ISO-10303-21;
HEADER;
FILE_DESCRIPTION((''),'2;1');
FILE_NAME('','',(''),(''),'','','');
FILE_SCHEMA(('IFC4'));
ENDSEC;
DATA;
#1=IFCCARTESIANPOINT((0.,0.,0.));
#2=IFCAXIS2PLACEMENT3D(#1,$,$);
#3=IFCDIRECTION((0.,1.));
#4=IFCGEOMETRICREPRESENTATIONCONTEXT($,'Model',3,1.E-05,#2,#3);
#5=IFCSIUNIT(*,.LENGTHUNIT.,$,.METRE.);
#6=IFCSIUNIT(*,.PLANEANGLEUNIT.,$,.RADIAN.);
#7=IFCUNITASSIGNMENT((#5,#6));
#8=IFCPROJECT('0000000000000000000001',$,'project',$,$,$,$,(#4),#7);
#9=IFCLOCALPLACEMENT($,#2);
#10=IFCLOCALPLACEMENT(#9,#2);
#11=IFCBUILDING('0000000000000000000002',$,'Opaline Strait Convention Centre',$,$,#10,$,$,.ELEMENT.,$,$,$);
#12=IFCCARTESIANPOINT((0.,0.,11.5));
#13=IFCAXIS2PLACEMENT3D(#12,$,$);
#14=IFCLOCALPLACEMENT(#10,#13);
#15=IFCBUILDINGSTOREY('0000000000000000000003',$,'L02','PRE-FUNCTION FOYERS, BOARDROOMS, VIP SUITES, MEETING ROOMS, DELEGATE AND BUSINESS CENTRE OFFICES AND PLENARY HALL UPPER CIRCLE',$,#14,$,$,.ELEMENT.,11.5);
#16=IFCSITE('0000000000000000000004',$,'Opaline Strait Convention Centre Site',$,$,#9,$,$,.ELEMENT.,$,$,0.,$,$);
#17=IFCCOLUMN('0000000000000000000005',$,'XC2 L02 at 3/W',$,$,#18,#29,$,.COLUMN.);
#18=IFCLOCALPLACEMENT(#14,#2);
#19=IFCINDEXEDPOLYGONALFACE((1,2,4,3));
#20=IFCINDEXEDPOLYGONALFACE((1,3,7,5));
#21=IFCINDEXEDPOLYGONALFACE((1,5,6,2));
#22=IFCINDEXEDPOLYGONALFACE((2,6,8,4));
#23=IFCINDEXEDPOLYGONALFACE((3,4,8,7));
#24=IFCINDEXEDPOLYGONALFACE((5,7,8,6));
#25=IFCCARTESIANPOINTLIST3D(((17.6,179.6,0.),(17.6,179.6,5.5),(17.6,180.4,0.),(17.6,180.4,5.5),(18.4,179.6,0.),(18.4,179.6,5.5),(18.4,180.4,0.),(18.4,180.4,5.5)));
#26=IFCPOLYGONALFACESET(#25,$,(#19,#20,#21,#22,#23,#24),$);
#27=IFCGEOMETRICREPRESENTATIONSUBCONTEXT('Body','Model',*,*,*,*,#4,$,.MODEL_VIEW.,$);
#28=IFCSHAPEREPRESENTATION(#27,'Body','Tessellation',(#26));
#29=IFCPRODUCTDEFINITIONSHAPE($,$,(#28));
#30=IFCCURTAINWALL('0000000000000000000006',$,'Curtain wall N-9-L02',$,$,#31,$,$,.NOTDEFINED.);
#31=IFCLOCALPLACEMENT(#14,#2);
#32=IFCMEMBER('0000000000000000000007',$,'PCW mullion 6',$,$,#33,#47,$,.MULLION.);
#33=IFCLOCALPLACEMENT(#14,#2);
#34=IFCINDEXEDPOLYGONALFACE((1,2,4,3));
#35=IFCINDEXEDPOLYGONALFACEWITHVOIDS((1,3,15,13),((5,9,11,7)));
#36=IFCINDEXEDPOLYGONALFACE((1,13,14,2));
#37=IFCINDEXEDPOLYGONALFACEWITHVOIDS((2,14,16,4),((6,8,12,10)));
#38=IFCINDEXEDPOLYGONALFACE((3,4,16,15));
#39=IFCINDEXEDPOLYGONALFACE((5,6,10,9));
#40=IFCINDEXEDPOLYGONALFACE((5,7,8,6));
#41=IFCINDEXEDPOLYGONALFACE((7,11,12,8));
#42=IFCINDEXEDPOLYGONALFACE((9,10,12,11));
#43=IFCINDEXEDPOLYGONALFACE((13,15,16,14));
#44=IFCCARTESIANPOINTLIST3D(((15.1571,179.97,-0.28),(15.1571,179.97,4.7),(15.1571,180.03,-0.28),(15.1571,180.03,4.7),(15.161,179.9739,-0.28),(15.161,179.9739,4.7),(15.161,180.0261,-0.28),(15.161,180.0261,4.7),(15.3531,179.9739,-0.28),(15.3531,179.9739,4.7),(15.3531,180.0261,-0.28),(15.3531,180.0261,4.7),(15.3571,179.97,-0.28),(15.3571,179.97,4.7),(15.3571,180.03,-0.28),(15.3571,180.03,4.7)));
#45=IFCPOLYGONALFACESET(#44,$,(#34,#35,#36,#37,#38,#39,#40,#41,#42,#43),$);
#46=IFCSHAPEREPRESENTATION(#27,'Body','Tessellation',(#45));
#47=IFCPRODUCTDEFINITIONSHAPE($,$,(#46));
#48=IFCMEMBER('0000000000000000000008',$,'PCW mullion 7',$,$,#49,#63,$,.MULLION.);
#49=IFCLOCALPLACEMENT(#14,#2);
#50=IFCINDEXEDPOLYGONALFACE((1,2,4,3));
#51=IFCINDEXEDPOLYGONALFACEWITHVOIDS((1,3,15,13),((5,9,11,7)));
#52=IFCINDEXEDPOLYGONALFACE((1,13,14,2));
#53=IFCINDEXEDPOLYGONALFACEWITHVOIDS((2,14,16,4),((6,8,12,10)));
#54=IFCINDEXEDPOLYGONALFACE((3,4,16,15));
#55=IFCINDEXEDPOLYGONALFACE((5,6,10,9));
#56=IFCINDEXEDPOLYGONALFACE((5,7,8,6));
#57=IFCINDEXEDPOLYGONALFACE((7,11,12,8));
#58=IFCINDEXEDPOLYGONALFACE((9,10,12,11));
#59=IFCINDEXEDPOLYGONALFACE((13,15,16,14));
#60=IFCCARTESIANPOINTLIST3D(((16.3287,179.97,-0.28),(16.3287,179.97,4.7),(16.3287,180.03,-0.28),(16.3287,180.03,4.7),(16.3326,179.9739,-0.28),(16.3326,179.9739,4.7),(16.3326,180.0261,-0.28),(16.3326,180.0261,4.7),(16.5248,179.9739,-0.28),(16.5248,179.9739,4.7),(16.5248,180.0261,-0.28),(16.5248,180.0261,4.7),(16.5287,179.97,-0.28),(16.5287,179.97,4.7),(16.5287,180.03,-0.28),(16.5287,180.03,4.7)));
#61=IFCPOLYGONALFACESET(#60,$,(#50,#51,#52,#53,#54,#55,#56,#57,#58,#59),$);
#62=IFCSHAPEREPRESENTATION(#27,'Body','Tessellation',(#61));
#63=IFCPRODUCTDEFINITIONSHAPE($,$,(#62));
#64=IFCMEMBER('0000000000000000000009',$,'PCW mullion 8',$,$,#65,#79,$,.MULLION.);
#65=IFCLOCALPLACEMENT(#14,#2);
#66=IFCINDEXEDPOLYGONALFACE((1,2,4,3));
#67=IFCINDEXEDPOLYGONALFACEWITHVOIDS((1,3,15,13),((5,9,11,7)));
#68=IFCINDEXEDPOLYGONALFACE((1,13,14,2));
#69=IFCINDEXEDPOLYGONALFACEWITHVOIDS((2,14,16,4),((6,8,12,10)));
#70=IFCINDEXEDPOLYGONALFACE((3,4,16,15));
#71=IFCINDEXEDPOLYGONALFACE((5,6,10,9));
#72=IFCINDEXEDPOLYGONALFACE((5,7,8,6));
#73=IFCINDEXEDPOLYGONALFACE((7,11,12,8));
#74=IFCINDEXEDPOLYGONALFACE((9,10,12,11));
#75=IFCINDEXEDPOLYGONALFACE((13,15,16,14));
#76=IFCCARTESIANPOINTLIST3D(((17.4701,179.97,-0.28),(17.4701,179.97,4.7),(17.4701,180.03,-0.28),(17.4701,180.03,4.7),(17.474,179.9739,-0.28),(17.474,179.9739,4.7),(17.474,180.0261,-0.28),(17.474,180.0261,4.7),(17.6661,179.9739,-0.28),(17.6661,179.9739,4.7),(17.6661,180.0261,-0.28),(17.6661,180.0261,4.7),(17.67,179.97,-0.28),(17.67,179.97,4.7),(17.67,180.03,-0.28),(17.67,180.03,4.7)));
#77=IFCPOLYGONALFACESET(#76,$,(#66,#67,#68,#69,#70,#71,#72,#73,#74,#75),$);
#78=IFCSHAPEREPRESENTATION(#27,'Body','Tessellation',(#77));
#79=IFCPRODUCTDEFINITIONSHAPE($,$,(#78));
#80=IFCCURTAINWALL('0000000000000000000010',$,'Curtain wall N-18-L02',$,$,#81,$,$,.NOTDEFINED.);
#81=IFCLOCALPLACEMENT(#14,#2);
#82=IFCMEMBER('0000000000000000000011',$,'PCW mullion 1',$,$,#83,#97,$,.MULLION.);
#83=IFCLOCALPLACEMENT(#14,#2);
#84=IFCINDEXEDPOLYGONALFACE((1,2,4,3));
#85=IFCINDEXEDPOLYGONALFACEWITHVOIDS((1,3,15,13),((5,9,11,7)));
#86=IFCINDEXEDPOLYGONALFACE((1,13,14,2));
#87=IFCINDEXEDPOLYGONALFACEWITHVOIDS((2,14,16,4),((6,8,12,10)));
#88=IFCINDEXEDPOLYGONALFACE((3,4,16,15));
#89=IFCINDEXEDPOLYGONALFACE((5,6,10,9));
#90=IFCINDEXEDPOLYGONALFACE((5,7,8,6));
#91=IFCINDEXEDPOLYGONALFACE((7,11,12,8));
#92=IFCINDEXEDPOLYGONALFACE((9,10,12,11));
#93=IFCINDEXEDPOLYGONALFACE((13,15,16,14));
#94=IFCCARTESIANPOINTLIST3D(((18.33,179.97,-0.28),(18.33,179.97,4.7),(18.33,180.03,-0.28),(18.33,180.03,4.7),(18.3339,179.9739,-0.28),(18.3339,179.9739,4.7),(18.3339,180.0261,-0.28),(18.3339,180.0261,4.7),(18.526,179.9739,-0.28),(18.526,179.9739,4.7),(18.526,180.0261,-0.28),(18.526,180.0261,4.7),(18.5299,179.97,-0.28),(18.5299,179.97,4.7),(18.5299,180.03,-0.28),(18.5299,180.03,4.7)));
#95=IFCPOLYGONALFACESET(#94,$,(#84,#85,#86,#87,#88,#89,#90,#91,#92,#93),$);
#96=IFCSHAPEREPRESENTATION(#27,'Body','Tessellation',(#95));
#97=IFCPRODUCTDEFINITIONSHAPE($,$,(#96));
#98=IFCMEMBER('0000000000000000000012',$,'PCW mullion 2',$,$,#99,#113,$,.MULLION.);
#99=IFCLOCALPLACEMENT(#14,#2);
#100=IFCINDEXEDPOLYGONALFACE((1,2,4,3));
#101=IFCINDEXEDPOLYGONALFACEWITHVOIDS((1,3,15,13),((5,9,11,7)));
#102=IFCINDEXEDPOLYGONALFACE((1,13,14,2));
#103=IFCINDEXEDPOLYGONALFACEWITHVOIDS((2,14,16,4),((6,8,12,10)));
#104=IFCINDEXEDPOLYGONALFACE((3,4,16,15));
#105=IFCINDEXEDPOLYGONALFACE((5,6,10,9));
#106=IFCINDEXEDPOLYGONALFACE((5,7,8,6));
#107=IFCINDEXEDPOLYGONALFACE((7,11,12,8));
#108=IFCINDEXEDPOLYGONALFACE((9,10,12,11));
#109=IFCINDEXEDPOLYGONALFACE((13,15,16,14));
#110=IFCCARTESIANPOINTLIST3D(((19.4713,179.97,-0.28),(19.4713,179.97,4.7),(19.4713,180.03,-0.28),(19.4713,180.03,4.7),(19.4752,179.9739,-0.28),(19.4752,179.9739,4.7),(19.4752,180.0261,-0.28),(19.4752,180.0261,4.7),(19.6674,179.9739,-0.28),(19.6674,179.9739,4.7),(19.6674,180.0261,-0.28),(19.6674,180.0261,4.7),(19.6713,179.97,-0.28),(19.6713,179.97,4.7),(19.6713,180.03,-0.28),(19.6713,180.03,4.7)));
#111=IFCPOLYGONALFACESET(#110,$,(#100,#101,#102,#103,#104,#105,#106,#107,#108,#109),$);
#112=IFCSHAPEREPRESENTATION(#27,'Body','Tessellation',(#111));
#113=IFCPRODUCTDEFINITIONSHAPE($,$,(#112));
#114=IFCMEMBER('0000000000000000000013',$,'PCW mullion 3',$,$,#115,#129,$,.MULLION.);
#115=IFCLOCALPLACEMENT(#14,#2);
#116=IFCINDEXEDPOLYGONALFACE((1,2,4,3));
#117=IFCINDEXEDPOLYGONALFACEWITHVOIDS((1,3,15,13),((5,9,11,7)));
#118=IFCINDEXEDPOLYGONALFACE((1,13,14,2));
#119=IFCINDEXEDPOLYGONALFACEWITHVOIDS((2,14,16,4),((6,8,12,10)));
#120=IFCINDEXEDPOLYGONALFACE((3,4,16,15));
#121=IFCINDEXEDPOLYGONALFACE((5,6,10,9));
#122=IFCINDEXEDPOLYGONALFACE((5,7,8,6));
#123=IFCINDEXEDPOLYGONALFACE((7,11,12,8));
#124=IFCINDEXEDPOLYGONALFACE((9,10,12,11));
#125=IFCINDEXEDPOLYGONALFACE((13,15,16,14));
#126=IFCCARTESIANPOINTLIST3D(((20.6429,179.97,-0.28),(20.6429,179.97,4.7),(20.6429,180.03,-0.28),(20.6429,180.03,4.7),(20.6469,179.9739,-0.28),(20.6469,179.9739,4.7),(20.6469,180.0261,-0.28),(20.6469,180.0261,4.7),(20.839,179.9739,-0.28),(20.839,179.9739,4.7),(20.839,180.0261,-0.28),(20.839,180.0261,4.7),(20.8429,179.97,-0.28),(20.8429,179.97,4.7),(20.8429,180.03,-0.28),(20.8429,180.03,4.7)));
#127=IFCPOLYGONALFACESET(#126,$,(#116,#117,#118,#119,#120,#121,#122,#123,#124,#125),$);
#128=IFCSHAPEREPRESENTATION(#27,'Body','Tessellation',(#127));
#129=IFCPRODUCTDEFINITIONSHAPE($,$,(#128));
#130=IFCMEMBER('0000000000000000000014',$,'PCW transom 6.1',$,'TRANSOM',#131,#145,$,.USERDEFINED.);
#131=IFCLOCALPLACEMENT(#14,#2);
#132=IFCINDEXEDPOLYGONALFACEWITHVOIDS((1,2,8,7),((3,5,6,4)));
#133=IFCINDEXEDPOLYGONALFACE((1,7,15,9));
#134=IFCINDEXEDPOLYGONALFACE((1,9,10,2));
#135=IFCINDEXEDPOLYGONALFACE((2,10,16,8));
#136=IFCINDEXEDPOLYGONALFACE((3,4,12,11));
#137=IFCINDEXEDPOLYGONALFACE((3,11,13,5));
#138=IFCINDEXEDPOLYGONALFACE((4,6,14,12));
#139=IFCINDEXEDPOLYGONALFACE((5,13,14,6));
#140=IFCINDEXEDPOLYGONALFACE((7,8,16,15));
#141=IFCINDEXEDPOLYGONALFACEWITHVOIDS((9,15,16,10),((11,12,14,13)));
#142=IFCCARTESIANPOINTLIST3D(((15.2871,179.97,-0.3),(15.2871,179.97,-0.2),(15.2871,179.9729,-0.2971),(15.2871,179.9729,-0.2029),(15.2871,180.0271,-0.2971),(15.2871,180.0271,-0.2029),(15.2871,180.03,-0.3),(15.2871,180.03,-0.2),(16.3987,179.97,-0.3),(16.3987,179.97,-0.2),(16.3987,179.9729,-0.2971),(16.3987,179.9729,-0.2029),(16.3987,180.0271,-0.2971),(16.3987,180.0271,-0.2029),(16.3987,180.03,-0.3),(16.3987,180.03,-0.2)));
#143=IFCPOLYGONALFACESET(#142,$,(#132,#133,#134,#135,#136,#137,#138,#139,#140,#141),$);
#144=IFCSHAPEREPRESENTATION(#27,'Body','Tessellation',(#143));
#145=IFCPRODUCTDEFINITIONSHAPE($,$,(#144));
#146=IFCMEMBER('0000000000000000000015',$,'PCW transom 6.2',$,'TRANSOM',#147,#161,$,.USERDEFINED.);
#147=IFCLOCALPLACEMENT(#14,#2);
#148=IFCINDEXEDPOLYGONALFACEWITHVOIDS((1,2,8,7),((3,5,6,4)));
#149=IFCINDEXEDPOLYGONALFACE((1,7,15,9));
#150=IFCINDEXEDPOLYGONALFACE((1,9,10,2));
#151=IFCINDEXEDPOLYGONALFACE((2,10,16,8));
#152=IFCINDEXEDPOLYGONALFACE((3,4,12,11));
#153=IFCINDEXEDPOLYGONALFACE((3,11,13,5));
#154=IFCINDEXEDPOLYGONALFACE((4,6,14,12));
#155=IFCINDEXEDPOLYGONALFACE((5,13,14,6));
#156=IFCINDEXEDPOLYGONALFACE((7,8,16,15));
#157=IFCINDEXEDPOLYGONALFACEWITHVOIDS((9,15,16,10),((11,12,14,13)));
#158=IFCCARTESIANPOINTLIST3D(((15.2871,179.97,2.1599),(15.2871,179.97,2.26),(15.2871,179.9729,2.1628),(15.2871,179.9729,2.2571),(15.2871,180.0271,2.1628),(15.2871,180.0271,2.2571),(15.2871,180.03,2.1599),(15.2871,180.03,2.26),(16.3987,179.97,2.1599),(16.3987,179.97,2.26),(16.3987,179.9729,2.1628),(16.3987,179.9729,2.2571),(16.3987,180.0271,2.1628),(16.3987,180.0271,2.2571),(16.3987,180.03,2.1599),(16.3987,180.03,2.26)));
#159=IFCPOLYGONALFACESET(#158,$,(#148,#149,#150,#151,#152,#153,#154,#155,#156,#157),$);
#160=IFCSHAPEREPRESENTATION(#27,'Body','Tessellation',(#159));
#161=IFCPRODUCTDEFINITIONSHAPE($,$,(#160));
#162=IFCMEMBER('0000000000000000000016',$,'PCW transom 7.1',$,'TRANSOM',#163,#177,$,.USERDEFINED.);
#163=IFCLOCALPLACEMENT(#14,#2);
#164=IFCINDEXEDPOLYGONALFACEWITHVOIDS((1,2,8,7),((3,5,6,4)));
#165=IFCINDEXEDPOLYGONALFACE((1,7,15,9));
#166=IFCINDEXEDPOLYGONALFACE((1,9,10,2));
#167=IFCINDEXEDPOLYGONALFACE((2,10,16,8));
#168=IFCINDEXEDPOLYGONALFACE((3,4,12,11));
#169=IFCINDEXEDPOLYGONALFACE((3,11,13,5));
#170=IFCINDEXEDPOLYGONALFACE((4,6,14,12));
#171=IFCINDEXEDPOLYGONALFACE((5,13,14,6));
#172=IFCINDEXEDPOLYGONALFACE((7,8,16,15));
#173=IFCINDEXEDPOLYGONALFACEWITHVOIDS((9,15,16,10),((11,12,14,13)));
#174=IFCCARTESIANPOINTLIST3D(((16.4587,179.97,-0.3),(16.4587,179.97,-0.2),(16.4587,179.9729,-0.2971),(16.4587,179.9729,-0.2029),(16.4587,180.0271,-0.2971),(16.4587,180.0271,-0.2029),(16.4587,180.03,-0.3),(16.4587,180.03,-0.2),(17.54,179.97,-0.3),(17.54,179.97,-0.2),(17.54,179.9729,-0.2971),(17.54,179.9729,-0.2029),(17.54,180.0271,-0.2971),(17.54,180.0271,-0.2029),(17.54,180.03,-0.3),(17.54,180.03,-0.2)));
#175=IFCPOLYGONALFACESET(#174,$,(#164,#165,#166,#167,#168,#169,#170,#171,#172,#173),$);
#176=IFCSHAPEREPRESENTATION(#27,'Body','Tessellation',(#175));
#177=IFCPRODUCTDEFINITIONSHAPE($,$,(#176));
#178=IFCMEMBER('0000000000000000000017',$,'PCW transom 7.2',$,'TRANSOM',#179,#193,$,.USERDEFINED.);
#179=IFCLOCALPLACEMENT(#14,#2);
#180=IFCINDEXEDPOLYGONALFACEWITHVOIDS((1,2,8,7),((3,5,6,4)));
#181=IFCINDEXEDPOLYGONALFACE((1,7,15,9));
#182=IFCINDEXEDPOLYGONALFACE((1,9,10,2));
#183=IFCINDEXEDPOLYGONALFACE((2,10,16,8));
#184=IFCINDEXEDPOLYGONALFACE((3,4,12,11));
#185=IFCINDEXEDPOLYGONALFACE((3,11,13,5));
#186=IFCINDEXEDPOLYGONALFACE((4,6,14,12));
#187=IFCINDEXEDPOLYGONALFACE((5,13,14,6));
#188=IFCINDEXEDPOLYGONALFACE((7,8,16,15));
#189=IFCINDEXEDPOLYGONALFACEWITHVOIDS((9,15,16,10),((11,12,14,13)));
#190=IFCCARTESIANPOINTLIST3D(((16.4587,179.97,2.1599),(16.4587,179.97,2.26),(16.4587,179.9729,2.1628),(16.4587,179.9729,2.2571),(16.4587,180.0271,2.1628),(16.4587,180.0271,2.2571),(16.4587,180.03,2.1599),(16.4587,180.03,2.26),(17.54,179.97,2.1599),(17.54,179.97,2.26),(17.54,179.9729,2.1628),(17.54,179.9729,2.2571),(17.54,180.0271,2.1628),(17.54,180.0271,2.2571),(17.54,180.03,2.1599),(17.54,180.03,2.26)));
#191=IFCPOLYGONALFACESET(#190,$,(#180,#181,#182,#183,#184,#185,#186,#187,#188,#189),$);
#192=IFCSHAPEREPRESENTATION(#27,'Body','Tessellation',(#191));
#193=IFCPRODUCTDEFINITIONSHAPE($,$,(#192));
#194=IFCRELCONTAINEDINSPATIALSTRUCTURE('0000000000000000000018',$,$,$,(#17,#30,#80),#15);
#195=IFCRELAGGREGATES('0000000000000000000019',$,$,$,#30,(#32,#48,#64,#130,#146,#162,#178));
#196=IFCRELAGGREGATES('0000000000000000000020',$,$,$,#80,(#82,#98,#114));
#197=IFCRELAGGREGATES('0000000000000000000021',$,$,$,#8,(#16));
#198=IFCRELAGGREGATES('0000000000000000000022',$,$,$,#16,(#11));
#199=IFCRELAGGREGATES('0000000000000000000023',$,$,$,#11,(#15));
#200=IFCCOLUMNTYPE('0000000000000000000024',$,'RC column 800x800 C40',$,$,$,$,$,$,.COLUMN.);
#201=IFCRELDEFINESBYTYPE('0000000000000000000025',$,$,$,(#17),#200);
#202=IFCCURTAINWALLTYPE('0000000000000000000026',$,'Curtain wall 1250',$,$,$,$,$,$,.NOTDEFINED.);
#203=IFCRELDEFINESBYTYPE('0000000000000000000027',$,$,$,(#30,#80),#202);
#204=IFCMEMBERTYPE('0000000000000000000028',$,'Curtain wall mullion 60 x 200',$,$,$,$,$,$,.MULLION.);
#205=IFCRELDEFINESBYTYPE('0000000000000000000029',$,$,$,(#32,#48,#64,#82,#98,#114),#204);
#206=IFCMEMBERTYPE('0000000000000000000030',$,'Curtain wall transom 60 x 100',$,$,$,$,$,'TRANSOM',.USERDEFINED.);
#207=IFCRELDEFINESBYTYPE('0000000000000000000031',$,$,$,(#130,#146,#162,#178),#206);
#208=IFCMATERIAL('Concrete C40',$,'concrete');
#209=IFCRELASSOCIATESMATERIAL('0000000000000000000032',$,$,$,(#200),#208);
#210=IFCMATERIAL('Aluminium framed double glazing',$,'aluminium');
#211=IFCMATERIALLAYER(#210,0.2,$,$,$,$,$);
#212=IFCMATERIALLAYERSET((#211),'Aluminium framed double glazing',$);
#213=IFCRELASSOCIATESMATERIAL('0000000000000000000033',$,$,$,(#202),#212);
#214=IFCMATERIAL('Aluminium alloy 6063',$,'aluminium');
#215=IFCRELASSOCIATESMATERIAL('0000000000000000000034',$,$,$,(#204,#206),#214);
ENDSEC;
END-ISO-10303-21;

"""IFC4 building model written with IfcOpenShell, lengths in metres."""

from ifc_helpers import new_model, si_unit, direction, frame, origin, origin_2d, place, context, subcontext, project, spatial, rectangle, hollow_rectangle, extrude, material, layer, layer_set, material_profile, profile_set, type_object, element, aggregate, save


model = new_model("IFC4")

# Units and contexts
model_context = context("Model", 3, precision=1e-05, world=origin(), true_north=direction((0.0, 1.0)))
body_context = subcontext(model_context, "Body", "Model", "MODEL_VIEW")
ifc_project = project(units=[si_unit("LENGTHUNIT", "METRE"), si_unit("PLANEANGLEUNIT", "RADIAN")], contexts=[model_context])

# Site, building, storey
site_placement = place(None, origin())
site = spatial("IfcSite", under=ifc_project, at=site_placement, Name="Opaline Strait Convention Centre Site", CompositionType="ELEMENT", RefElevation=0.0)
building_placement = place(site_placement, origin())
building = spatial("IfcBuilding", under=site, at=building_placement, Name="Opaline Strait Convention Centre", CompositionType="ELEMENT")
storey_placement = place(building_placement, frame((0.0, 0.0, 11.5)))
storey = spatial("IfcBuildingStorey", under=building, at=storey_placement, Name="L02", Description="PRE-FUNCTION FOYERS, BOARDROOMS, VIP SUITES, MEETING ROOMS, DELEGATE AND BUSINESS CENTRE OFFICES AND PLENARY HALL UPPER CIRCLE", CompositionType="ELEMENT", Elevation=11.5)

# Column
ifc_material_1 = material(Name="Concrete C40", Category="concrete")
ifc_material_profile_1 = material_profile(ifc_material_1, rectangle(XDim=0.8, YDim=0.8, at=origin_2d()), Name="RC 800x800")
ifc_profile_set_1 = profile_set([ifc_material_profile_1], Name="Concrete C40")
column_type = type_object("IfcColumnType", Name="RC column 800x800 C40", PredefinedType="COLUMN", material=ifc_profile_set_1)
column_placement = place(storey_placement, frame((18.0, 180.0, 0.0), z_axis=(0.0, 0.0, 1.0), x_axis=(1.0, 0.0, 0.0)))
element("IfcColumn", 1, at=column_placement, inside=storey, type_object=column_type, Name="XC2 L02 at 3/W", PredefinedType="COLUMN", context=body_context, shape_type="SweptSolid", body=[
    extrude(rectangle(XDim=0.8, YDim=0.8, at=origin_2d()), origin(), (0.0, 0.0, 1.0), 5.5),
])

# Curtain walls, members
ifc_material_2 = material(Name="Aluminium framed double glazing", Category="aluminium")
ifc_layer_1 = layer(ifc_material_2, 0.2)
ifc_layer_set_1 = layer_set([ifc_layer_1], Name="Aluminium framed double glazing")
curtain_wall_type = type_object("IfcCurtainWallType", Name="Curtain wall 1250", PredefinedType="NOTDEFINED", material=ifc_layer_set_1)
curtain_wall_1_placement = place(storey_placement, origin())
curtain_wall_1 = element("IfcCurtainWall", 2, at=curtain_wall_1_placement, inside=storey, type_object=curtain_wall_type, Name="Curtain wall N-9-L02", PredefinedType="NOTDEFINED")
ifc_material_3 = material(Name="Aluminium alloy 6063", Category="aluminium")
ifc_material_profile_2 = material_profile(ifc_material_3, hollow_rectangle(XDim=0.0601, YDim=0.2, WallThickness=0.0039, at=origin_2d()), Name="MULLION 60x200x4")
ifc_profile_set_2 = profile_set([ifc_material_profile_2], Name="Aluminium alloy 6063")
member_type_1 = type_object("IfcMemberType", Name="Curtain wall mullion 60 x 200", PredefinedType="MULLION", material=ifc_profile_set_2)
member_1_placement = place(storey_placement, frame((15.2571, 180.0, -0.28), z_axis=(0.0, 0.0, 1.0), x_axis=(0.0, 1.0, 0.0)))
member_1 = element("IfcMember", 3, at=member_1_placement, type_object=member_type_1, Name="PCW mullion 6", PredefinedType="MULLION", context=body_context, shape_type="SweptSolid", body=[
    extrude(hollow_rectangle(XDim=0.0601, YDim=0.2, WallThickness=0.0039, at=origin_2d()), origin(), (0.0, 0.0, 1.0), 4.98),
])
member_2_placement = place(storey_placement, frame((16.4287, 180.0, -0.28), z_axis=(0.0, 0.0, 1.0), x_axis=(0.0, 1.0, 0.0)))
member_2 = element("IfcMember", 4, at=member_2_placement, type_object=member_type_1, Name="PCW mullion 7", PredefinedType="MULLION", context=body_context, shape_type="SweptSolid", body=[
    extrude(hollow_rectangle(XDim=0.0601, YDim=0.2, WallThickness=0.0039, at=origin_2d()), origin(), (0.0, 0.0, 1.0), 4.98),
])
member_3_placement = place(storey_placement, frame((17.5701, 180.0, -0.28), z_axis=(0.0, 0.0, 1.0), x_axis=(0.0, 1.0, 0.0)))
member_3 = element("IfcMember", 5, at=member_3_placement, type_object=member_type_1, Name="PCW mullion 8", PredefinedType="MULLION", context=body_context, shape_type="SweptSolid", body=[
    extrude(hollow_rectangle(XDim=0.0601, YDim=0.2, WallThickness=0.0039, at=origin_2d()), origin(), (0.0, 0.0, 1.0), 4.98),
])
curtain_wall_2_placement = place(storey_placement, origin())
curtain_wall_2 = element("IfcCurtainWall", 6, at=curtain_wall_2_placement, inside=storey, type_object=curtain_wall_type, Name="Curtain wall N-18-L02", PredefinedType="NOTDEFINED")
member_4_placement = place(storey_placement, frame((18.4299, 180.0, -0.28), z_axis=(0.0, 0.0, 1.0), x_axis=(0.0, 1.0, 0.0)))
member_4 = element("IfcMember", 7, at=member_4_placement, type_object=member_type_1, Name="PCW mullion 1", PredefinedType="MULLION", context=body_context, shape_type="SweptSolid", body=[
    extrude(hollow_rectangle(XDim=0.0601, YDim=0.2, WallThickness=0.0039, at=origin_2d()), origin(), (0.0, 0.0, 1.0), 4.98),
])
member_5_placement = place(storey_placement, frame((19.5713, 180.0, -0.28), z_axis=(0.0, 0.0, 1.0), x_axis=(0.0, 1.0, 0.0)))
member_5 = element("IfcMember", 8, at=member_5_placement, type_object=member_type_1, Name="PCW mullion 2", PredefinedType="MULLION", context=body_context, shape_type="SweptSolid", body=[
    extrude(hollow_rectangle(XDim=0.0601, YDim=0.2, WallThickness=0.0039, at=origin_2d()), origin(), (0.0, 0.0, 1.0), 4.98),
])
member_6_placement = place(storey_placement, frame((20.7429, 180.0, -0.28), z_axis=(0.0, 0.0, 1.0), x_axis=(0.0, 1.0, 0.0)))
member_6 = element("IfcMember", 9, at=member_6_placement, type_object=member_type_1, Name="PCW mullion 3", PredefinedType="MULLION", context=body_context, shape_type="SweptSolid", body=[
    extrude(hollow_rectangle(XDim=0.0601, YDim=0.2, WallThickness=0.0039, at=origin_2d()), origin(), (0.0, 0.0, 1.0), 4.98),
])

# Members
ifc_material_profile_3 = material_profile(ifc_material_3, hollow_rectangle(XDim=0.0601, YDim=0.1001, WallThickness=0.0029, at=origin_2d()), Name="TRANSOM 60x100x3")
ifc_profile_set_3 = profile_set([ifc_material_profile_3], Name="Aluminium alloy 6063")
member_type_2 = type_object("IfcMemberType", Name="Curtain wall transom 60 x 100", ElementType="TRANSOM", PredefinedType="USERDEFINED", material=ifc_profile_set_3)
member_7_placement = place(storey_placement, frame((15.2871, 180.0, -0.25), z_axis=(1.0, 0.0, 0.0), x_axis=(0.0, 1.0, 0.0)))
member_7 = element("IfcMember", 10, at=member_7_placement, type_object=member_type_2, Name="PCW transom 6.1", ObjectType="TRANSOM", PredefinedType="USERDEFINED", context=body_context, shape_type="SweptSolid", body=[
    extrude(hollow_rectangle(XDim=0.0601, YDim=0.1001, WallThickness=0.0029, at=origin_2d()), origin(), (0.0, 0.0, 1.0), 1.1116),
])
member_8_placement = place(storey_placement, frame((15.2871, 180.0, 2.21), z_axis=(1.0, 0.0, 0.0), x_axis=(0.0, 1.0, 0.0)))
member_8 = element("IfcMember", 11, at=member_8_placement, type_object=member_type_2, Name="PCW transom 6.2", ObjectType="TRANSOM", PredefinedType="USERDEFINED", context=body_context, shape_type="SweptSolid", body=[
    extrude(hollow_rectangle(XDim=0.0601, YDim=0.1001, WallThickness=0.0029, at=origin_2d()), origin(), (0.0, 0.0, 1.0), 1.1116),
])
member_9_placement = place(storey_placement, frame((16.4587, 180.0, -0.25), z_axis=(1.0, 0.0, 0.0), x_axis=(0.0, 1.0, 0.0)))
member_9 = element("IfcMember", 12, at=member_9_placement, type_object=member_type_2, Name="PCW transom 7.1", ObjectType="TRANSOM", PredefinedType="USERDEFINED", context=body_context, shape_type="SweptSolid", body=[
    extrude(hollow_rectangle(XDim=0.0601, YDim=0.1001, WallThickness=0.0029, at=origin_2d()), origin(), (0.0, 0.0, 1.0), 1.0813),
])
member_10_placement = place(storey_placement, frame((16.4587, 180.0, 2.21), z_axis=(1.0, 0.0, 0.0), x_axis=(0.0, 1.0, 0.0)))
member_10 = element("IfcMember", 13, at=member_10_placement, type_object=member_type_2, Name="PCW transom 7.2", ObjectType="TRANSOM", PredefinedType="USERDEFINED", context=body_context, shape_type="SweptSolid", body=[
    extrude(hollow_rectangle(XDim=0.0601, YDim=0.1001, WallThickness=0.0029, at=origin_2d()), origin(), (0.0, 0.0, 1.0), 1.0813),
])

aggregate(curtain_wall_1, [member_1, member_2, member_3, member_7, member_8, member_9, member_10])
aggregate(curtain_wall_2, [member_4, member_5, member_6])

save(model, "model.ifc")
